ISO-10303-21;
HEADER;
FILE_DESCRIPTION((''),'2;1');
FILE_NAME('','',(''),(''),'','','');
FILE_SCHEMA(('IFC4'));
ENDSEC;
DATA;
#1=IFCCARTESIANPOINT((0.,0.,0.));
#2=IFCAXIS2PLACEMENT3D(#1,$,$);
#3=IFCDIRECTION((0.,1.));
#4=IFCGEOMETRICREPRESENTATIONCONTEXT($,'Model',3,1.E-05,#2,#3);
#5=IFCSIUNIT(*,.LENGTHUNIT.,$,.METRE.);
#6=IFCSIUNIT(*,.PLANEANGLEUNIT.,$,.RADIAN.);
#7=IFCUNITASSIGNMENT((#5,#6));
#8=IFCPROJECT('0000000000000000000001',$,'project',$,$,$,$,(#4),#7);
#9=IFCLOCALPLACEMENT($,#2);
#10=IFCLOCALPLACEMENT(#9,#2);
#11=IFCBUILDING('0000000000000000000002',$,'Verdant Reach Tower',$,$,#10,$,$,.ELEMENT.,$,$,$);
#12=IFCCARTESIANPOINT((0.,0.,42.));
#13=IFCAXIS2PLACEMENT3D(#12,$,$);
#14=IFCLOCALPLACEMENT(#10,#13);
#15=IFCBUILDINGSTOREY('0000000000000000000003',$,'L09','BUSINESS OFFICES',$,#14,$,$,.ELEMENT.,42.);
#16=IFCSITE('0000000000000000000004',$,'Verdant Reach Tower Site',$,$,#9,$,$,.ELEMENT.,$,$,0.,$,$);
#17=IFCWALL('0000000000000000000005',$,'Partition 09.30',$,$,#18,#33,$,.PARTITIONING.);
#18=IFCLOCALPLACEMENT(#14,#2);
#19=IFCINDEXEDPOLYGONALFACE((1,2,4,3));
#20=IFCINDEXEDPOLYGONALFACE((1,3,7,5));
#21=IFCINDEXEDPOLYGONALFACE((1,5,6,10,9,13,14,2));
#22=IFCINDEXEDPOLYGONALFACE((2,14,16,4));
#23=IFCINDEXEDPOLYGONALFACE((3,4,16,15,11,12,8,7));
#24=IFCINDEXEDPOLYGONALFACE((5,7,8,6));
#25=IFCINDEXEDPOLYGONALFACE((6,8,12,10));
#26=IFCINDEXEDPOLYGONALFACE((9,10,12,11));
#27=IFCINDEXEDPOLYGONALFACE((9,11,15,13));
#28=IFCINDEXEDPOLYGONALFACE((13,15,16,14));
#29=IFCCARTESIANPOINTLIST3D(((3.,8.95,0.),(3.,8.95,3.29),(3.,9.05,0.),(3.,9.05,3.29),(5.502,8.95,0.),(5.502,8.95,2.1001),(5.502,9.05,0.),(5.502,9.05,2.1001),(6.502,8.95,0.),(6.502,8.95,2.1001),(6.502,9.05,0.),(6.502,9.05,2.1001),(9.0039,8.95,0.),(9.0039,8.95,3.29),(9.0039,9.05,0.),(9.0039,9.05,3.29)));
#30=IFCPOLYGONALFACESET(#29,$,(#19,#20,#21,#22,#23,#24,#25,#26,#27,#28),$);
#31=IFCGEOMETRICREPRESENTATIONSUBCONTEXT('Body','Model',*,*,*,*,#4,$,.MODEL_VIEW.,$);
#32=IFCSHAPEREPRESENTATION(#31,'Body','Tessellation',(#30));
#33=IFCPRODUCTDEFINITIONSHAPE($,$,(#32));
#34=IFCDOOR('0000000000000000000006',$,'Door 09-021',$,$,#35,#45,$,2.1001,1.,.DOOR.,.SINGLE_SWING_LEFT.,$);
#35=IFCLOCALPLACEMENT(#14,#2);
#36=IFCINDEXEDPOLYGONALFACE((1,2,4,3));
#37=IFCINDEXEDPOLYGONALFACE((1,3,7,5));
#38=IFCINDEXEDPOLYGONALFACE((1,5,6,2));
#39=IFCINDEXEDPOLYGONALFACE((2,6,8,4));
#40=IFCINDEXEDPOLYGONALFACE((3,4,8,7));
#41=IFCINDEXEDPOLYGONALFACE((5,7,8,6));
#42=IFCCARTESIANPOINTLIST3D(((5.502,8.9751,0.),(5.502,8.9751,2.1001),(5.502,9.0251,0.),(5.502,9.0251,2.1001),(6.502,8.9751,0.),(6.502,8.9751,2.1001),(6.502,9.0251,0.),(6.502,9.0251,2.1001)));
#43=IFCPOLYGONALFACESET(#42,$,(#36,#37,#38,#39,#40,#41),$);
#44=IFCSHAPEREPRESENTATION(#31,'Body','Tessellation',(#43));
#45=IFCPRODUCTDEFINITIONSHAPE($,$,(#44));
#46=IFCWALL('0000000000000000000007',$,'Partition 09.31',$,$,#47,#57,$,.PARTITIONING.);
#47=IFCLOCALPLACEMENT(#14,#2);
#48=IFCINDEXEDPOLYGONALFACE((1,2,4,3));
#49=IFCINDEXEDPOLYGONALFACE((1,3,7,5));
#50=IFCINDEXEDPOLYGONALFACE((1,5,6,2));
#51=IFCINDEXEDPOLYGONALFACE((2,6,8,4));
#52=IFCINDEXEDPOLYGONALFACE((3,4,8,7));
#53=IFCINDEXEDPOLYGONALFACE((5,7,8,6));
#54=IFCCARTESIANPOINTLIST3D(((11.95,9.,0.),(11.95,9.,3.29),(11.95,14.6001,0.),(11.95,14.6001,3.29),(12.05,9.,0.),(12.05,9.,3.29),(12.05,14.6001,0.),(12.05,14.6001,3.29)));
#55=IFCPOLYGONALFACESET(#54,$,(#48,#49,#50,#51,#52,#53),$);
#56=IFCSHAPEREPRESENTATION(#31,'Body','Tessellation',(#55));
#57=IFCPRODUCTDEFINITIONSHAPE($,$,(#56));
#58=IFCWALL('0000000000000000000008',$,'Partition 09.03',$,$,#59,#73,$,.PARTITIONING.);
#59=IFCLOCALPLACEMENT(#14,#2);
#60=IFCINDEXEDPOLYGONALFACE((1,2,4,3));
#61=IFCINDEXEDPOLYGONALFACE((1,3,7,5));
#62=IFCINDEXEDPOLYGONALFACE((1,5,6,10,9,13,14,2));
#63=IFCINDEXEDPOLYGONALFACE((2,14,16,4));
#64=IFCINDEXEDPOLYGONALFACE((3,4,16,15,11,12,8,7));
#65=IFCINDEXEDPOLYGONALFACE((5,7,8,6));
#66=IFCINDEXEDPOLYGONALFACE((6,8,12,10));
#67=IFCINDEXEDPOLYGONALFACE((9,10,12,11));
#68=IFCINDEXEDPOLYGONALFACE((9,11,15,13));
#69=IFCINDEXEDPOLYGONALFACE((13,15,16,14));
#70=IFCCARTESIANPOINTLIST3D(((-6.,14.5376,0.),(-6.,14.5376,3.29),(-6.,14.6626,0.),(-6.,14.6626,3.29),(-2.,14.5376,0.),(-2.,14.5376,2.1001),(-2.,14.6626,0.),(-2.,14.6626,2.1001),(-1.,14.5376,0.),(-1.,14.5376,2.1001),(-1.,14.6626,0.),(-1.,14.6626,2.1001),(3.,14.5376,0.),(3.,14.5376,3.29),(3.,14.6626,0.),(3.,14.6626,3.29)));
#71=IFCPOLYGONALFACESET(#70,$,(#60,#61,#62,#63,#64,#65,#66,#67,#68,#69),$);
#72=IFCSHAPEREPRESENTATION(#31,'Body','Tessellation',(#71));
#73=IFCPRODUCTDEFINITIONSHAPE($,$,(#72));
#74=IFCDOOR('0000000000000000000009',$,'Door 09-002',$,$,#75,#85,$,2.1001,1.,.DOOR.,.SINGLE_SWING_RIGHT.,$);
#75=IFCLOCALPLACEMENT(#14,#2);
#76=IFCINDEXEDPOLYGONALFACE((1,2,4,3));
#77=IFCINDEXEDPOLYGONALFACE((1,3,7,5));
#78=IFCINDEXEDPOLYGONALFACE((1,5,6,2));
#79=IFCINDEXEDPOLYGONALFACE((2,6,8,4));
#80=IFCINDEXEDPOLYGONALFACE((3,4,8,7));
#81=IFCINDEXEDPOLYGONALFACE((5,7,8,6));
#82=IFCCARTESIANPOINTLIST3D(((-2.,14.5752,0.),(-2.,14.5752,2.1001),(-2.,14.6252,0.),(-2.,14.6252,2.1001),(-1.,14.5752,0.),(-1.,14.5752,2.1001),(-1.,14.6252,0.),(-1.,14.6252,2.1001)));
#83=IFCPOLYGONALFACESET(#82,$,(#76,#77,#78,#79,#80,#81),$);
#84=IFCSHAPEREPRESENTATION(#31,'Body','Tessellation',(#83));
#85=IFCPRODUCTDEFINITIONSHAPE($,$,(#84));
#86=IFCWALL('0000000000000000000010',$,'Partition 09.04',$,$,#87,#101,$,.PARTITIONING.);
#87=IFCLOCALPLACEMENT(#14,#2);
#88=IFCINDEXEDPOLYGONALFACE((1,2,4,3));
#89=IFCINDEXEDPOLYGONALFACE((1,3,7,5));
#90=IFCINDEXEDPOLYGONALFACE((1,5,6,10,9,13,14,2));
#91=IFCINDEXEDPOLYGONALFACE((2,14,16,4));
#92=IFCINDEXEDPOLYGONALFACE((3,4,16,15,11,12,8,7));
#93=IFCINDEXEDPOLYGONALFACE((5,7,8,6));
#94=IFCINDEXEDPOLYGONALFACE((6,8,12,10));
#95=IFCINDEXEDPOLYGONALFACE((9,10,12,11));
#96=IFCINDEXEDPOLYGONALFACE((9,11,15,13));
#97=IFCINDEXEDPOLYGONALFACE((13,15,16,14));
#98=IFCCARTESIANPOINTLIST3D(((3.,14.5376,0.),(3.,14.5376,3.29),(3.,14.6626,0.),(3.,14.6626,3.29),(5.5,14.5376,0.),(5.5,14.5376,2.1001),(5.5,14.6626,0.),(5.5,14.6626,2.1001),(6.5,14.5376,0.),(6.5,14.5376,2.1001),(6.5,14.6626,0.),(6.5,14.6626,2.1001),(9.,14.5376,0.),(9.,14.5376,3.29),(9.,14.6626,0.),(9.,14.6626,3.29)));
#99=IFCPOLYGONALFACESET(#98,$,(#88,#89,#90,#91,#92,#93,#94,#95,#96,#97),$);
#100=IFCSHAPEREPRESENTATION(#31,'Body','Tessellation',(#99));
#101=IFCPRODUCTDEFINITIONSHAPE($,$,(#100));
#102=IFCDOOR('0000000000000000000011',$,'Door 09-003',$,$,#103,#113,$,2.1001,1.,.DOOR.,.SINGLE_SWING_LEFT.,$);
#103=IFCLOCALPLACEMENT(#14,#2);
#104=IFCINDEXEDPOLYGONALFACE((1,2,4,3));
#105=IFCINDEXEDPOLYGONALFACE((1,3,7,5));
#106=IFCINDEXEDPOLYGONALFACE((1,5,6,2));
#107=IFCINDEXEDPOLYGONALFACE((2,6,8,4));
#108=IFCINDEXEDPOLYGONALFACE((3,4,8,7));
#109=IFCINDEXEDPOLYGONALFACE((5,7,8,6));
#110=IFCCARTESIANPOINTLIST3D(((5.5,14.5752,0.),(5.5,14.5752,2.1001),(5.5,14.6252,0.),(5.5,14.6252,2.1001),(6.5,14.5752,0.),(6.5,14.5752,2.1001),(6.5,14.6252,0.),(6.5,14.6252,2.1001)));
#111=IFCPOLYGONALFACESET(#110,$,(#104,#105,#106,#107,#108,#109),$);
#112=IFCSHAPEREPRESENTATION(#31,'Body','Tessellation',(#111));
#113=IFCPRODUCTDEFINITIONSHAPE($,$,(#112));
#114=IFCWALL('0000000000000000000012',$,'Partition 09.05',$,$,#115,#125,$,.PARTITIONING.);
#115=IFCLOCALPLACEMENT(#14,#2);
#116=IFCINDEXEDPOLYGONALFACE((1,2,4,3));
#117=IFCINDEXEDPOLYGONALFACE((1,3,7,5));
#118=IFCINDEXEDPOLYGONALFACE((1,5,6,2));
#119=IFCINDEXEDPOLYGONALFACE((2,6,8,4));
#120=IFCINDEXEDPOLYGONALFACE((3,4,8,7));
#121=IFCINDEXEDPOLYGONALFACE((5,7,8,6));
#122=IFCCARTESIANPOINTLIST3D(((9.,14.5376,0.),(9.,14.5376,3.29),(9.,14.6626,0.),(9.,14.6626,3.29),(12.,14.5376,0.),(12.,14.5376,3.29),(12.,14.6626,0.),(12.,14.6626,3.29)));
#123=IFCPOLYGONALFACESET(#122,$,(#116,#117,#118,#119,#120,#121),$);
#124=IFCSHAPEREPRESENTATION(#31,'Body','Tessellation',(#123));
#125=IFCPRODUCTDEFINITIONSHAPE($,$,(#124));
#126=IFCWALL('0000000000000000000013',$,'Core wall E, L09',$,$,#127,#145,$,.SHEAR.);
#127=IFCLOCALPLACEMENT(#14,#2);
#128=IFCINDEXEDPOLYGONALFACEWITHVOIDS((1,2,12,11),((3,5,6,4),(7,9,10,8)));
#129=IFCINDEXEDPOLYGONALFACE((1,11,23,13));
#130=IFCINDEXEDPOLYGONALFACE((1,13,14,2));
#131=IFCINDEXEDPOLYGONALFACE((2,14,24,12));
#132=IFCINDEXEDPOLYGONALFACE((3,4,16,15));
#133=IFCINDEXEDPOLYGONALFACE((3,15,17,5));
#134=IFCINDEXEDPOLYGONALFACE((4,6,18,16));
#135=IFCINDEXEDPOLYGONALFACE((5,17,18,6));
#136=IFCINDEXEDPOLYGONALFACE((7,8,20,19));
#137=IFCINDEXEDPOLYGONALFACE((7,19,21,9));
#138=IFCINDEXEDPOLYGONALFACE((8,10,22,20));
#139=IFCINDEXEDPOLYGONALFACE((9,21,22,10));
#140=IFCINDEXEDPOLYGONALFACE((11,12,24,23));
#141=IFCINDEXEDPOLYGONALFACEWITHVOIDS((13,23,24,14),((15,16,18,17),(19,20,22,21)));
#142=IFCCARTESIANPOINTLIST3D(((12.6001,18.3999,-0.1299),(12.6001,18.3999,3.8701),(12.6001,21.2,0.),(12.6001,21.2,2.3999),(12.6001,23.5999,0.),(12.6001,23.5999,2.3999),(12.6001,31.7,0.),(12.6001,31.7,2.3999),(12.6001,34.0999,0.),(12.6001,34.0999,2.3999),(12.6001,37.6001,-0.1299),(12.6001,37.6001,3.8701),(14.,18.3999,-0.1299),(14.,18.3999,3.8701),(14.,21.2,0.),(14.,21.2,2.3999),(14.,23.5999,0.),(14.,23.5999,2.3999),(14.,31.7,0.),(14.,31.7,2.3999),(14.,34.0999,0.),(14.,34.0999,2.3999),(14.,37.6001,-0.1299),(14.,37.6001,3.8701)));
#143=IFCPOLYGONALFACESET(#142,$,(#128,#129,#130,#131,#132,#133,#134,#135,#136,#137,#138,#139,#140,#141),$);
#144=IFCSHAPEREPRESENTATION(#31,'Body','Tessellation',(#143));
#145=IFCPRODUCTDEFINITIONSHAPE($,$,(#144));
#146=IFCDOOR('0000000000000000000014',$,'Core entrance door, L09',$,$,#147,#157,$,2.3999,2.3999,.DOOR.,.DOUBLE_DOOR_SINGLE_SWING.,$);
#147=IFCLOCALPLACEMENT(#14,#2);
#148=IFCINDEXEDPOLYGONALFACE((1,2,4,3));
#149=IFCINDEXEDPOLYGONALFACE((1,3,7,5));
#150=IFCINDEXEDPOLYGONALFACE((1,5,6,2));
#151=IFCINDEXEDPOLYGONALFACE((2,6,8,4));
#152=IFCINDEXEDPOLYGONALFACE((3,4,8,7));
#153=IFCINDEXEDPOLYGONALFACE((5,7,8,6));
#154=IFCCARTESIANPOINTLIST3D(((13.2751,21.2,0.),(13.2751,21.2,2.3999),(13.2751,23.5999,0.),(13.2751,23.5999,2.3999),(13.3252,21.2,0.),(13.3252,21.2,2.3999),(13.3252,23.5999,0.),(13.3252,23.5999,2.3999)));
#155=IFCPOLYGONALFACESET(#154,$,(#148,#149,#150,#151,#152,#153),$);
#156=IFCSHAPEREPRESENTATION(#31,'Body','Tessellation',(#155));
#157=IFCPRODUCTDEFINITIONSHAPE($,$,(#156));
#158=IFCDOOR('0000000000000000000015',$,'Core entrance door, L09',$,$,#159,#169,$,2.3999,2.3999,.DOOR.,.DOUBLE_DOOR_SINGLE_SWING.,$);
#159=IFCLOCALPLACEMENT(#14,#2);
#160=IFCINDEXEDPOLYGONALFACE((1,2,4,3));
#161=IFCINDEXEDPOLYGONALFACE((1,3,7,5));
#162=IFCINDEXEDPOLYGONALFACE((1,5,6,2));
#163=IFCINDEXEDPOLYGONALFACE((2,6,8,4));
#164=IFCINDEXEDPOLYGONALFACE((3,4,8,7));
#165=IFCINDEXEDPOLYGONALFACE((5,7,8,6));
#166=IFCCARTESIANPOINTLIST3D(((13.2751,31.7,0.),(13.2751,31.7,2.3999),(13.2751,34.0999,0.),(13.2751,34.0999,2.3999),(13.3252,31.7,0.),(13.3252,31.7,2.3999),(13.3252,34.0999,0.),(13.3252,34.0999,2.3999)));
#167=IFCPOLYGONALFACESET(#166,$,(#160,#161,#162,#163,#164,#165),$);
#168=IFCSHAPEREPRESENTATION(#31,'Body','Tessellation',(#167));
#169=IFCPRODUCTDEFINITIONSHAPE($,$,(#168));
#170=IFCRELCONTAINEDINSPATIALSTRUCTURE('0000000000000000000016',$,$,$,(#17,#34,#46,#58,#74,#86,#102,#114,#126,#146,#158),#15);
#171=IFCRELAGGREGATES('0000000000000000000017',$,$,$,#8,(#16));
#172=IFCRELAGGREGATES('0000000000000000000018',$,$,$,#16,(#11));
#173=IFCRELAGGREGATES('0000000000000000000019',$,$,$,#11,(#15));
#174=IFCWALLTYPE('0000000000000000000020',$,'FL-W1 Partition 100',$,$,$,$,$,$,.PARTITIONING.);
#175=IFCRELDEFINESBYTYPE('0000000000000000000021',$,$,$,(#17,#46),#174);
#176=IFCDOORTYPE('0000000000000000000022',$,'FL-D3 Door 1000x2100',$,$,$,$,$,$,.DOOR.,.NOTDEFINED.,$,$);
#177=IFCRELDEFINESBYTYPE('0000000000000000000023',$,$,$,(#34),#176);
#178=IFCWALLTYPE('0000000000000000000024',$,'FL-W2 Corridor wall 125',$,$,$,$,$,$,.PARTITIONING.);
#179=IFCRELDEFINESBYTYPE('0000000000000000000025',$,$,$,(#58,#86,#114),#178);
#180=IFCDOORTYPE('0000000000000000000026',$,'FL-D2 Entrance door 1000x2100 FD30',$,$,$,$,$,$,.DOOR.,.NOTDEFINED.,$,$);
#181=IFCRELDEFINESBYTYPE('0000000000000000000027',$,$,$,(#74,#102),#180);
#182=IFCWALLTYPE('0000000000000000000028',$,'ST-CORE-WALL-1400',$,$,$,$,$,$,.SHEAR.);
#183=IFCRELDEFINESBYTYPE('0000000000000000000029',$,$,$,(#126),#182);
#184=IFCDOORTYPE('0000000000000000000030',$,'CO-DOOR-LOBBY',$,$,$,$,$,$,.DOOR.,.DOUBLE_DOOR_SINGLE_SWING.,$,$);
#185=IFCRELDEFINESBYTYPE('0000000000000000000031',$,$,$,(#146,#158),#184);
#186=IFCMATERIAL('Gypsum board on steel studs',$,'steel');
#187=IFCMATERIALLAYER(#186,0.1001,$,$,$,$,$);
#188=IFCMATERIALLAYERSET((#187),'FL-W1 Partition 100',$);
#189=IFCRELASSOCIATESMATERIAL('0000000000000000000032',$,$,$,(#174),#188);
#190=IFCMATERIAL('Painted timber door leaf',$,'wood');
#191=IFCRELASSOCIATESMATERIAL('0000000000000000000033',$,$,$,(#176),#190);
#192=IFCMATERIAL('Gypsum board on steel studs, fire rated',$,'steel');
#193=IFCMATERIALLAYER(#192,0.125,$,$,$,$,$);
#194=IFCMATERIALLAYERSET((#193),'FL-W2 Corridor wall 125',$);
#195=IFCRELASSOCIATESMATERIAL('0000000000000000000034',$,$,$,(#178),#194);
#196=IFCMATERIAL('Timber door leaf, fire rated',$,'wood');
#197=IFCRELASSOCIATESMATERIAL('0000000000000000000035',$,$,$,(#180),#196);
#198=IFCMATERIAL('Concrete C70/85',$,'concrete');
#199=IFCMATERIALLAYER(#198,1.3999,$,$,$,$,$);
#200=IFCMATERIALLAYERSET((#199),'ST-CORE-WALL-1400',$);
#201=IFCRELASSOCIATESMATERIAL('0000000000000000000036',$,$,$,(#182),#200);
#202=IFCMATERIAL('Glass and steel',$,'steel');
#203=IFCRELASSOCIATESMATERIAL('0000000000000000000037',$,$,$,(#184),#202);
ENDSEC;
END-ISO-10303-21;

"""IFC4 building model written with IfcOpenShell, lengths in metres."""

from ifc_helpers import new_model, si_unit, direction, frame, frame_2d, origin, place, context, subcontext, project, spatial, rectangle, extrude, material, layer, layer_set, type_object, element, fill, save


model = new_model("IFC4")

# Units and contexts
model_context = context("Model", 3, precision=1e-05, world=origin(), true_north=direction((0.0, 1.0)))
body_context = subcontext(model_context, "Body", "Model", "MODEL_VIEW")
ifc_project = project(units=[si_unit("LENGTHUNIT", "METRE"), si_unit("PLANEANGLEUNIT", "RADIAN")], contexts=[model_context])

# Site, building, storey
site_placement = place(None, origin())
site = spatial("IfcSite", under=ifc_project, at=site_placement, Name="Verdant Reach Tower Site", CompositionType="ELEMENT", RefElevation=0.0)
building_placement = place(site_placement, origin())
building = spatial("IfcBuilding", under=site, at=building_placement, Name="Verdant Reach Tower", CompositionType="ELEMENT")
storey_placement = place(building_placement, frame((0.0, 0.0, 42.0)))
storey = spatial("IfcBuildingStorey", under=building, at=storey_placement, Name="L09", Description="BUSINESS OFFICES", CompositionType="ELEMENT", Elevation=42.0)

# Shared definitions
ifc_material_1 = material(Name="Gypsum board on steel studs", Category="steel")

# Wall, opening, door
ifc_layer_1 = layer(ifc_material_1, 0.1001)
ifc_layer_set_1 = layer_set([ifc_layer_1], Name="FL-W1 Partition 100")
wall_type_1 = type_object("IfcWallType", Name="FL-W1 Partition 100", PredefinedType="PARTITIONING", material=ifc_layer_set_1)
ifc_material_2 = material(Name="Painted timber door leaf", Category="wood")
door_type_1 = type_object("IfcDoorType", Name="FL-D3 Door 1000x2100", OperationType="NOTDEFINED", PredefinedType="DOOR", material=ifc_material_2)
wall_1_placement = place(storey_placement, frame((9.0039, 9.0, 0.0), z_axis=(0.0, 0.0, 1.0), x_axis=(-1.0, 0.0, 0.0)))
wall_1 = element("IfcWall", 1, at=wall_1_placement, inside=storey, type_object=wall_type_1, Name="Partition 09.30", PredefinedType="PARTITIONING", context=body_context, shape_type="SweptSolid", body=[
    extrude(rectangle(XDim=6.0039, YDim=0.1001, at=frame_2d((3.002, 0.0))), origin(), (0.0, 0.0, 1.0), 3.29),
])
opening_1_placement = place(wall_1_placement, frame((2.502, 0.0, 0.0)))
opening_1 = element("IfcOpeningElement", 2, at=opening_1_placement, cuts=wall_1, PredefinedType="OPENING", context=body_context, shape_type="SweptSolid", body=[
    extrude(rectangle(XDim=1.0, YDim=2.1001, at=frame_2d((0.5, 1.05))), frame((0.0, 0.0601, 0.0), z_axis=(0.0, -1.0, 0.0), x_axis=(1.0, 0.0, 0.0)), (0.0, 0.0, 1.0), 0.1201),
])
door_1_placement = place(opening_1_placement, origin())
door_1 = element("IfcDoor", 3, at=door_1_placement, inside=storey, type_object=door_type_1, Name="Door 09-021", OperationType="SINGLE_SWING_LEFT", OverallHeight=2.1001, OverallWidth=1.0, PredefinedType="DOOR", context=body_context, shape_type="SweptSolid", body=[
    extrude(rectangle(XDim=1.0, YDim=2.1001, at=frame_2d((0.5, 1.05))), frame((0.0, 0.0249, 0.0), z_axis=(0.0, -1.0, 0.0), x_axis=(1.0, 0.0, 0.0)), (0.0, 0.0, 1.0), 0.05),
])
fill(opening_1, door_1)

# Wall
wall_2_placement = place(storey_placement, frame((12.0, 9.0, 0.0), z_axis=(0.0, 0.0, 1.0), x_axis=(0.0, 1.0, 0.0)))
element("IfcWall", 4, at=wall_2_placement, inside=storey, type_object=wall_type_1, Name="Partition 09.31", PredefinedType="PARTITIONING", context=body_context, shape_type="SweptSolid", body=[
    extrude(rectangle(XDim=5.6001, YDim=0.1001, at=frame_2d((2.8, 0.0))), origin(), (0.0, 0.0, 1.0), 3.29),
])

# Walls, openings, doors
ifc_material_3 = material(Name="Gypsum board on steel studs, fire rated", Category="steel")
ifc_layer_2 = layer(ifc_material_3, 0.125)
ifc_layer_set_2 = layer_set([ifc_layer_2], Name="FL-W2 Corridor wall 125")
wall_type_2 = type_object("IfcWallType", Name="FL-W2 Corridor wall 125", PredefinedType="PARTITIONING", material=ifc_layer_set_2)
wall_3_placement = place(storey_placement, frame((3.0, 14.6001, 0.0), z_axis=(0.0, 0.0, 1.0), x_axis=(-1.0, 0.0, 0.0)))
wall_3 = element("IfcWall", 5, at=wall_3_placement, inside=storey, type_object=wall_type_2, Name="Partition 09.03", PredefinedType="PARTITIONING", context=body_context, shape_type="SweptSolid", body=[
    extrude(rectangle(XDim=9.0, YDim=0.125, at=frame_2d((4.5, 0.0))), origin(), (0.0, 0.0, 1.0), 3.29),
])
opening_2_placement = place(wall_3_placement, frame((4.0, 0.0, 0.0)))
opening_2 = element("IfcOpeningElement", 6, at=opening_2_placement, cuts=wall_3, PredefinedType="OPENING", context=body_context, shape_type="SweptSolid", body=[
    extrude(rectangle(XDim=1.0, YDim=2.1001, at=frame_2d((0.5, 1.05))), frame((0.0, 0.0725, 0.0), z_axis=(0.0, -1.0, 0.0), x_axis=(1.0, 0.0, 0.0)), (0.0, 0.0, 1.0), 0.145),
])
ifc_material_4 = material(Name="Timber door leaf, fire rated", Category="wood")
door_type_2 = type_object("IfcDoorType", Name="FL-D2 Entrance door 1000x2100 FD30", OperationType="NOTDEFINED", PredefinedType="DOOR", material=ifc_material_4)
door_2_placement = place(opening_2_placement, origin())
door_2 = element("IfcDoor", 7, at=door_2_placement, inside=storey, type_object=door_type_2, Name="Door 09-002", OperationType="SINGLE_SWING_RIGHT", OverallHeight=2.1001, OverallWidth=1.0, PredefinedType="DOOR", context=body_context, shape_type="SweptSolid", body=[
    extrude(rectangle(XDim=1.0, YDim=2.1001, at=frame_2d((0.5, 1.05))), frame((0.0, 0.0249, 0.0), z_axis=(0.0, -1.0, 0.0), x_axis=(1.0, 0.0, 0.0)), (0.0, 0.0, 1.0), 0.05),
])
fill(opening_2, door_2)
wall_4_placement = place(storey_placement, frame((9.0, 14.6001, 0.0), z_axis=(0.0, 0.0, 1.0), x_axis=(-1.0, 0.0, 0.0)))
wall_4 = element("IfcWall", 8, at=wall_4_placement, inside=storey, type_object=wall_type_2, Name="Partition 09.04", PredefinedType="PARTITIONING", context=body_context, shape_type="SweptSolid", body=[
    extrude(rectangle(XDim=6.0, YDim=0.125, at=frame_2d((3.0, 0.0))), origin(), (0.0, 0.0, 1.0), 3.29),
])
opening_3_placement = place(wall_4_placement, frame((2.5, 0.0, 0.0)))
opening_3 = element("IfcOpeningElement", 9, at=opening_3_placement, cuts=wall_4, PredefinedType="OPENING", context=body_context, shape_type="SweptSolid", body=[
    extrude(rectangle(XDim=1.0, YDim=2.1001, at=frame_2d((0.5, 1.05))), frame((0.0, 0.0725, 0.0), z_axis=(0.0, -1.0, 0.0), x_axis=(1.0, 0.0, 0.0)), (0.0, 0.0, 1.0), 0.145),
])
door_3_placement = place(opening_3_placement, origin())
door_3 = element("IfcDoor", 10, at=door_3_placement, inside=storey, type_object=door_type_2, Name="Door 09-003", OperationType="SINGLE_SWING_LEFT", OverallHeight=2.1001, OverallWidth=1.0, PredefinedType="DOOR", context=body_context, shape_type="SweptSolid", body=[
    extrude(rectangle(XDim=1.0, YDim=2.1001, at=frame_2d((0.5, 1.05))), frame((0.0, 0.0249, 0.0), z_axis=(0.0, -1.0, 0.0), x_axis=(1.0, 0.0, 0.0)), (0.0, 0.0, 1.0), 0.05),
])
fill(opening_3, door_3)

# Wall
wall_5_placement = place(storey_placement, frame((9.0, 14.6001, 0.0), z_axis=(0.0, 0.0, 1.0), x_axis=(1.0, 0.0, 0.0)))
element("IfcWall", 11, at=wall_5_placement, inside=storey, type_object=wall_type_2, Name="Partition 09.05", PredefinedType="PARTITIONING", context=body_context, shape_type="SweptSolid", body=[
    extrude(rectangle(XDim=3.0, YDim=0.125, at=frame_2d((1.5, 0.0))), origin(), (0.0, 0.0, 1.0), 3.29),
])

# Wall, openings, doors
ifc_material_5 = material(Name="Concrete C70/85", Category="concrete")
ifc_layer_3 = layer(ifc_material_5, 1.3999)
ifc_layer_set_3 = layer_set([ifc_layer_3], Name="ST-CORE-WALL-1400")
wall_type_3 = type_object("IfcWallType", Name="ST-CORE-WALL-1400", PredefinedType="SHEAR", material=ifc_layer_set_3)
wall_6_placement = place(storey_placement, frame((13.3, 18.3999, -0.1299), z_axis=(0.0, 0.0, 1.0), x_axis=(0.0, 1.0, 0.0)))
wall_6 = element("IfcWall", 12, at=wall_6_placement, inside=storey, type_object=wall_type_3, Name="Core wall E, L09", PredefinedType="SHEAR", context=body_context, shape_type="SweptSolid", body=[
    extrude(rectangle(XDim=19.2002, YDim=1.3999, at=frame_2d((9.6001, 0.0))), origin(), (0.0, 0.0, 1.0), 4.0),
])
opening_4_placement = place(wall_6_placement, frame((2.8, 0.0, 0.1299)))
opening_4 = element("IfcOpeningElement", 13, at=opening_4_placement, cuts=wall_6, PredefinedType="OPENING", context=body_context, shape_type="SweptSolid", body=[
    extrude(rectangle(XDim=2.3999, YDim=2.3999, at=frame_2d((1.2, 1.2))), frame((0.0, 0.71, 0.0), z_axis=(0.0, -1.0, 0.0), x_axis=(1.0, 0.0, 0.0)), (0.0, 0.0, 1.0), 1.4199),
])
opening_5_placement = place(wall_6_placement, frame((13.3, 0.0, 0.1299)))
opening_5 = element("IfcOpeningElement", 14, at=opening_5_placement, cuts=wall_6, PredefinedType="OPENING", context=body_context, shape_type="SweptSolid", body=[
    extrude(rectangle(XDim=2.3999, YDim=2.3999, at=frame_2d((1.2, 1.2))), frame((0.0, 0.71, 0.0), z_axis=(0.0, -1.0, 0.0), x_axis=(1.0, 0.0, 0.0)), (0.0, 0.0, 1.0), 1.4199),
])
ifc_material_6 = material(Name="Glass and steel", Category="steel")
door_type_3 = type_object("IfcDoorType", Name="CO-DOOR-LOBBY", OperationType="DOUBLE_DOOR_SINGLE_SWING", PredefinedType="DOOR", material=ifc_material_6)
door_4_placement = place(opening_4_placement, origin())
door_4 = element("IfcDoor", 15, at=door_4_placement, inside=storey, type_object=door_type_3, Name="Core entrance door, L09", OperationType="DOUBLE_DOOR_SINGLE_SWING", OverallHeight=2.3999, OverallWidth=2.3999, PredefinedType="DOOR", context=body_context, shape_type="SweptSolid", body=[
    extrude(rectangle(XDim=2.3999, YDim=2.3999, at=frame_2d((1.2, 1.2))), frame((0.0, 0.0249, 0.0), z_axis=(0.0, -1.0, 0.0), x_axis=(1.0, 0.0, 0.0)), (0.0, 0.0, 1.0), 0.05),
])
fill(opening_4, door_4)
door_5_placement = place(opening_5_placement, origin())
door_5 = element("IfcDoor", 16, at=door_5_placement, inside=storey, type_object=door_type_3, Name="Core entrance door, L09", OperationType="DOUBLE_DOOR_SINGLE_SWING", OverallHeight=2.3999, OverallWidth=2.3999, PredefinedType="DOOR", context=body_context, shape_type="SweptSolid", body=[
    extrude(rectangle(XDim=2.3999, YDim=2.3999, at=frame_2d((1.2, 1.2))), frame((0.0, 0.0249, 0.0), z_axis=(0.0, -1.0, 0.0), x_axis=(1.0, 0.0, 0.0)), (0.0, 0.0, 1.0), 0.05),
])
fill(opening_5, door_5)

save(model, "model.ifc")
